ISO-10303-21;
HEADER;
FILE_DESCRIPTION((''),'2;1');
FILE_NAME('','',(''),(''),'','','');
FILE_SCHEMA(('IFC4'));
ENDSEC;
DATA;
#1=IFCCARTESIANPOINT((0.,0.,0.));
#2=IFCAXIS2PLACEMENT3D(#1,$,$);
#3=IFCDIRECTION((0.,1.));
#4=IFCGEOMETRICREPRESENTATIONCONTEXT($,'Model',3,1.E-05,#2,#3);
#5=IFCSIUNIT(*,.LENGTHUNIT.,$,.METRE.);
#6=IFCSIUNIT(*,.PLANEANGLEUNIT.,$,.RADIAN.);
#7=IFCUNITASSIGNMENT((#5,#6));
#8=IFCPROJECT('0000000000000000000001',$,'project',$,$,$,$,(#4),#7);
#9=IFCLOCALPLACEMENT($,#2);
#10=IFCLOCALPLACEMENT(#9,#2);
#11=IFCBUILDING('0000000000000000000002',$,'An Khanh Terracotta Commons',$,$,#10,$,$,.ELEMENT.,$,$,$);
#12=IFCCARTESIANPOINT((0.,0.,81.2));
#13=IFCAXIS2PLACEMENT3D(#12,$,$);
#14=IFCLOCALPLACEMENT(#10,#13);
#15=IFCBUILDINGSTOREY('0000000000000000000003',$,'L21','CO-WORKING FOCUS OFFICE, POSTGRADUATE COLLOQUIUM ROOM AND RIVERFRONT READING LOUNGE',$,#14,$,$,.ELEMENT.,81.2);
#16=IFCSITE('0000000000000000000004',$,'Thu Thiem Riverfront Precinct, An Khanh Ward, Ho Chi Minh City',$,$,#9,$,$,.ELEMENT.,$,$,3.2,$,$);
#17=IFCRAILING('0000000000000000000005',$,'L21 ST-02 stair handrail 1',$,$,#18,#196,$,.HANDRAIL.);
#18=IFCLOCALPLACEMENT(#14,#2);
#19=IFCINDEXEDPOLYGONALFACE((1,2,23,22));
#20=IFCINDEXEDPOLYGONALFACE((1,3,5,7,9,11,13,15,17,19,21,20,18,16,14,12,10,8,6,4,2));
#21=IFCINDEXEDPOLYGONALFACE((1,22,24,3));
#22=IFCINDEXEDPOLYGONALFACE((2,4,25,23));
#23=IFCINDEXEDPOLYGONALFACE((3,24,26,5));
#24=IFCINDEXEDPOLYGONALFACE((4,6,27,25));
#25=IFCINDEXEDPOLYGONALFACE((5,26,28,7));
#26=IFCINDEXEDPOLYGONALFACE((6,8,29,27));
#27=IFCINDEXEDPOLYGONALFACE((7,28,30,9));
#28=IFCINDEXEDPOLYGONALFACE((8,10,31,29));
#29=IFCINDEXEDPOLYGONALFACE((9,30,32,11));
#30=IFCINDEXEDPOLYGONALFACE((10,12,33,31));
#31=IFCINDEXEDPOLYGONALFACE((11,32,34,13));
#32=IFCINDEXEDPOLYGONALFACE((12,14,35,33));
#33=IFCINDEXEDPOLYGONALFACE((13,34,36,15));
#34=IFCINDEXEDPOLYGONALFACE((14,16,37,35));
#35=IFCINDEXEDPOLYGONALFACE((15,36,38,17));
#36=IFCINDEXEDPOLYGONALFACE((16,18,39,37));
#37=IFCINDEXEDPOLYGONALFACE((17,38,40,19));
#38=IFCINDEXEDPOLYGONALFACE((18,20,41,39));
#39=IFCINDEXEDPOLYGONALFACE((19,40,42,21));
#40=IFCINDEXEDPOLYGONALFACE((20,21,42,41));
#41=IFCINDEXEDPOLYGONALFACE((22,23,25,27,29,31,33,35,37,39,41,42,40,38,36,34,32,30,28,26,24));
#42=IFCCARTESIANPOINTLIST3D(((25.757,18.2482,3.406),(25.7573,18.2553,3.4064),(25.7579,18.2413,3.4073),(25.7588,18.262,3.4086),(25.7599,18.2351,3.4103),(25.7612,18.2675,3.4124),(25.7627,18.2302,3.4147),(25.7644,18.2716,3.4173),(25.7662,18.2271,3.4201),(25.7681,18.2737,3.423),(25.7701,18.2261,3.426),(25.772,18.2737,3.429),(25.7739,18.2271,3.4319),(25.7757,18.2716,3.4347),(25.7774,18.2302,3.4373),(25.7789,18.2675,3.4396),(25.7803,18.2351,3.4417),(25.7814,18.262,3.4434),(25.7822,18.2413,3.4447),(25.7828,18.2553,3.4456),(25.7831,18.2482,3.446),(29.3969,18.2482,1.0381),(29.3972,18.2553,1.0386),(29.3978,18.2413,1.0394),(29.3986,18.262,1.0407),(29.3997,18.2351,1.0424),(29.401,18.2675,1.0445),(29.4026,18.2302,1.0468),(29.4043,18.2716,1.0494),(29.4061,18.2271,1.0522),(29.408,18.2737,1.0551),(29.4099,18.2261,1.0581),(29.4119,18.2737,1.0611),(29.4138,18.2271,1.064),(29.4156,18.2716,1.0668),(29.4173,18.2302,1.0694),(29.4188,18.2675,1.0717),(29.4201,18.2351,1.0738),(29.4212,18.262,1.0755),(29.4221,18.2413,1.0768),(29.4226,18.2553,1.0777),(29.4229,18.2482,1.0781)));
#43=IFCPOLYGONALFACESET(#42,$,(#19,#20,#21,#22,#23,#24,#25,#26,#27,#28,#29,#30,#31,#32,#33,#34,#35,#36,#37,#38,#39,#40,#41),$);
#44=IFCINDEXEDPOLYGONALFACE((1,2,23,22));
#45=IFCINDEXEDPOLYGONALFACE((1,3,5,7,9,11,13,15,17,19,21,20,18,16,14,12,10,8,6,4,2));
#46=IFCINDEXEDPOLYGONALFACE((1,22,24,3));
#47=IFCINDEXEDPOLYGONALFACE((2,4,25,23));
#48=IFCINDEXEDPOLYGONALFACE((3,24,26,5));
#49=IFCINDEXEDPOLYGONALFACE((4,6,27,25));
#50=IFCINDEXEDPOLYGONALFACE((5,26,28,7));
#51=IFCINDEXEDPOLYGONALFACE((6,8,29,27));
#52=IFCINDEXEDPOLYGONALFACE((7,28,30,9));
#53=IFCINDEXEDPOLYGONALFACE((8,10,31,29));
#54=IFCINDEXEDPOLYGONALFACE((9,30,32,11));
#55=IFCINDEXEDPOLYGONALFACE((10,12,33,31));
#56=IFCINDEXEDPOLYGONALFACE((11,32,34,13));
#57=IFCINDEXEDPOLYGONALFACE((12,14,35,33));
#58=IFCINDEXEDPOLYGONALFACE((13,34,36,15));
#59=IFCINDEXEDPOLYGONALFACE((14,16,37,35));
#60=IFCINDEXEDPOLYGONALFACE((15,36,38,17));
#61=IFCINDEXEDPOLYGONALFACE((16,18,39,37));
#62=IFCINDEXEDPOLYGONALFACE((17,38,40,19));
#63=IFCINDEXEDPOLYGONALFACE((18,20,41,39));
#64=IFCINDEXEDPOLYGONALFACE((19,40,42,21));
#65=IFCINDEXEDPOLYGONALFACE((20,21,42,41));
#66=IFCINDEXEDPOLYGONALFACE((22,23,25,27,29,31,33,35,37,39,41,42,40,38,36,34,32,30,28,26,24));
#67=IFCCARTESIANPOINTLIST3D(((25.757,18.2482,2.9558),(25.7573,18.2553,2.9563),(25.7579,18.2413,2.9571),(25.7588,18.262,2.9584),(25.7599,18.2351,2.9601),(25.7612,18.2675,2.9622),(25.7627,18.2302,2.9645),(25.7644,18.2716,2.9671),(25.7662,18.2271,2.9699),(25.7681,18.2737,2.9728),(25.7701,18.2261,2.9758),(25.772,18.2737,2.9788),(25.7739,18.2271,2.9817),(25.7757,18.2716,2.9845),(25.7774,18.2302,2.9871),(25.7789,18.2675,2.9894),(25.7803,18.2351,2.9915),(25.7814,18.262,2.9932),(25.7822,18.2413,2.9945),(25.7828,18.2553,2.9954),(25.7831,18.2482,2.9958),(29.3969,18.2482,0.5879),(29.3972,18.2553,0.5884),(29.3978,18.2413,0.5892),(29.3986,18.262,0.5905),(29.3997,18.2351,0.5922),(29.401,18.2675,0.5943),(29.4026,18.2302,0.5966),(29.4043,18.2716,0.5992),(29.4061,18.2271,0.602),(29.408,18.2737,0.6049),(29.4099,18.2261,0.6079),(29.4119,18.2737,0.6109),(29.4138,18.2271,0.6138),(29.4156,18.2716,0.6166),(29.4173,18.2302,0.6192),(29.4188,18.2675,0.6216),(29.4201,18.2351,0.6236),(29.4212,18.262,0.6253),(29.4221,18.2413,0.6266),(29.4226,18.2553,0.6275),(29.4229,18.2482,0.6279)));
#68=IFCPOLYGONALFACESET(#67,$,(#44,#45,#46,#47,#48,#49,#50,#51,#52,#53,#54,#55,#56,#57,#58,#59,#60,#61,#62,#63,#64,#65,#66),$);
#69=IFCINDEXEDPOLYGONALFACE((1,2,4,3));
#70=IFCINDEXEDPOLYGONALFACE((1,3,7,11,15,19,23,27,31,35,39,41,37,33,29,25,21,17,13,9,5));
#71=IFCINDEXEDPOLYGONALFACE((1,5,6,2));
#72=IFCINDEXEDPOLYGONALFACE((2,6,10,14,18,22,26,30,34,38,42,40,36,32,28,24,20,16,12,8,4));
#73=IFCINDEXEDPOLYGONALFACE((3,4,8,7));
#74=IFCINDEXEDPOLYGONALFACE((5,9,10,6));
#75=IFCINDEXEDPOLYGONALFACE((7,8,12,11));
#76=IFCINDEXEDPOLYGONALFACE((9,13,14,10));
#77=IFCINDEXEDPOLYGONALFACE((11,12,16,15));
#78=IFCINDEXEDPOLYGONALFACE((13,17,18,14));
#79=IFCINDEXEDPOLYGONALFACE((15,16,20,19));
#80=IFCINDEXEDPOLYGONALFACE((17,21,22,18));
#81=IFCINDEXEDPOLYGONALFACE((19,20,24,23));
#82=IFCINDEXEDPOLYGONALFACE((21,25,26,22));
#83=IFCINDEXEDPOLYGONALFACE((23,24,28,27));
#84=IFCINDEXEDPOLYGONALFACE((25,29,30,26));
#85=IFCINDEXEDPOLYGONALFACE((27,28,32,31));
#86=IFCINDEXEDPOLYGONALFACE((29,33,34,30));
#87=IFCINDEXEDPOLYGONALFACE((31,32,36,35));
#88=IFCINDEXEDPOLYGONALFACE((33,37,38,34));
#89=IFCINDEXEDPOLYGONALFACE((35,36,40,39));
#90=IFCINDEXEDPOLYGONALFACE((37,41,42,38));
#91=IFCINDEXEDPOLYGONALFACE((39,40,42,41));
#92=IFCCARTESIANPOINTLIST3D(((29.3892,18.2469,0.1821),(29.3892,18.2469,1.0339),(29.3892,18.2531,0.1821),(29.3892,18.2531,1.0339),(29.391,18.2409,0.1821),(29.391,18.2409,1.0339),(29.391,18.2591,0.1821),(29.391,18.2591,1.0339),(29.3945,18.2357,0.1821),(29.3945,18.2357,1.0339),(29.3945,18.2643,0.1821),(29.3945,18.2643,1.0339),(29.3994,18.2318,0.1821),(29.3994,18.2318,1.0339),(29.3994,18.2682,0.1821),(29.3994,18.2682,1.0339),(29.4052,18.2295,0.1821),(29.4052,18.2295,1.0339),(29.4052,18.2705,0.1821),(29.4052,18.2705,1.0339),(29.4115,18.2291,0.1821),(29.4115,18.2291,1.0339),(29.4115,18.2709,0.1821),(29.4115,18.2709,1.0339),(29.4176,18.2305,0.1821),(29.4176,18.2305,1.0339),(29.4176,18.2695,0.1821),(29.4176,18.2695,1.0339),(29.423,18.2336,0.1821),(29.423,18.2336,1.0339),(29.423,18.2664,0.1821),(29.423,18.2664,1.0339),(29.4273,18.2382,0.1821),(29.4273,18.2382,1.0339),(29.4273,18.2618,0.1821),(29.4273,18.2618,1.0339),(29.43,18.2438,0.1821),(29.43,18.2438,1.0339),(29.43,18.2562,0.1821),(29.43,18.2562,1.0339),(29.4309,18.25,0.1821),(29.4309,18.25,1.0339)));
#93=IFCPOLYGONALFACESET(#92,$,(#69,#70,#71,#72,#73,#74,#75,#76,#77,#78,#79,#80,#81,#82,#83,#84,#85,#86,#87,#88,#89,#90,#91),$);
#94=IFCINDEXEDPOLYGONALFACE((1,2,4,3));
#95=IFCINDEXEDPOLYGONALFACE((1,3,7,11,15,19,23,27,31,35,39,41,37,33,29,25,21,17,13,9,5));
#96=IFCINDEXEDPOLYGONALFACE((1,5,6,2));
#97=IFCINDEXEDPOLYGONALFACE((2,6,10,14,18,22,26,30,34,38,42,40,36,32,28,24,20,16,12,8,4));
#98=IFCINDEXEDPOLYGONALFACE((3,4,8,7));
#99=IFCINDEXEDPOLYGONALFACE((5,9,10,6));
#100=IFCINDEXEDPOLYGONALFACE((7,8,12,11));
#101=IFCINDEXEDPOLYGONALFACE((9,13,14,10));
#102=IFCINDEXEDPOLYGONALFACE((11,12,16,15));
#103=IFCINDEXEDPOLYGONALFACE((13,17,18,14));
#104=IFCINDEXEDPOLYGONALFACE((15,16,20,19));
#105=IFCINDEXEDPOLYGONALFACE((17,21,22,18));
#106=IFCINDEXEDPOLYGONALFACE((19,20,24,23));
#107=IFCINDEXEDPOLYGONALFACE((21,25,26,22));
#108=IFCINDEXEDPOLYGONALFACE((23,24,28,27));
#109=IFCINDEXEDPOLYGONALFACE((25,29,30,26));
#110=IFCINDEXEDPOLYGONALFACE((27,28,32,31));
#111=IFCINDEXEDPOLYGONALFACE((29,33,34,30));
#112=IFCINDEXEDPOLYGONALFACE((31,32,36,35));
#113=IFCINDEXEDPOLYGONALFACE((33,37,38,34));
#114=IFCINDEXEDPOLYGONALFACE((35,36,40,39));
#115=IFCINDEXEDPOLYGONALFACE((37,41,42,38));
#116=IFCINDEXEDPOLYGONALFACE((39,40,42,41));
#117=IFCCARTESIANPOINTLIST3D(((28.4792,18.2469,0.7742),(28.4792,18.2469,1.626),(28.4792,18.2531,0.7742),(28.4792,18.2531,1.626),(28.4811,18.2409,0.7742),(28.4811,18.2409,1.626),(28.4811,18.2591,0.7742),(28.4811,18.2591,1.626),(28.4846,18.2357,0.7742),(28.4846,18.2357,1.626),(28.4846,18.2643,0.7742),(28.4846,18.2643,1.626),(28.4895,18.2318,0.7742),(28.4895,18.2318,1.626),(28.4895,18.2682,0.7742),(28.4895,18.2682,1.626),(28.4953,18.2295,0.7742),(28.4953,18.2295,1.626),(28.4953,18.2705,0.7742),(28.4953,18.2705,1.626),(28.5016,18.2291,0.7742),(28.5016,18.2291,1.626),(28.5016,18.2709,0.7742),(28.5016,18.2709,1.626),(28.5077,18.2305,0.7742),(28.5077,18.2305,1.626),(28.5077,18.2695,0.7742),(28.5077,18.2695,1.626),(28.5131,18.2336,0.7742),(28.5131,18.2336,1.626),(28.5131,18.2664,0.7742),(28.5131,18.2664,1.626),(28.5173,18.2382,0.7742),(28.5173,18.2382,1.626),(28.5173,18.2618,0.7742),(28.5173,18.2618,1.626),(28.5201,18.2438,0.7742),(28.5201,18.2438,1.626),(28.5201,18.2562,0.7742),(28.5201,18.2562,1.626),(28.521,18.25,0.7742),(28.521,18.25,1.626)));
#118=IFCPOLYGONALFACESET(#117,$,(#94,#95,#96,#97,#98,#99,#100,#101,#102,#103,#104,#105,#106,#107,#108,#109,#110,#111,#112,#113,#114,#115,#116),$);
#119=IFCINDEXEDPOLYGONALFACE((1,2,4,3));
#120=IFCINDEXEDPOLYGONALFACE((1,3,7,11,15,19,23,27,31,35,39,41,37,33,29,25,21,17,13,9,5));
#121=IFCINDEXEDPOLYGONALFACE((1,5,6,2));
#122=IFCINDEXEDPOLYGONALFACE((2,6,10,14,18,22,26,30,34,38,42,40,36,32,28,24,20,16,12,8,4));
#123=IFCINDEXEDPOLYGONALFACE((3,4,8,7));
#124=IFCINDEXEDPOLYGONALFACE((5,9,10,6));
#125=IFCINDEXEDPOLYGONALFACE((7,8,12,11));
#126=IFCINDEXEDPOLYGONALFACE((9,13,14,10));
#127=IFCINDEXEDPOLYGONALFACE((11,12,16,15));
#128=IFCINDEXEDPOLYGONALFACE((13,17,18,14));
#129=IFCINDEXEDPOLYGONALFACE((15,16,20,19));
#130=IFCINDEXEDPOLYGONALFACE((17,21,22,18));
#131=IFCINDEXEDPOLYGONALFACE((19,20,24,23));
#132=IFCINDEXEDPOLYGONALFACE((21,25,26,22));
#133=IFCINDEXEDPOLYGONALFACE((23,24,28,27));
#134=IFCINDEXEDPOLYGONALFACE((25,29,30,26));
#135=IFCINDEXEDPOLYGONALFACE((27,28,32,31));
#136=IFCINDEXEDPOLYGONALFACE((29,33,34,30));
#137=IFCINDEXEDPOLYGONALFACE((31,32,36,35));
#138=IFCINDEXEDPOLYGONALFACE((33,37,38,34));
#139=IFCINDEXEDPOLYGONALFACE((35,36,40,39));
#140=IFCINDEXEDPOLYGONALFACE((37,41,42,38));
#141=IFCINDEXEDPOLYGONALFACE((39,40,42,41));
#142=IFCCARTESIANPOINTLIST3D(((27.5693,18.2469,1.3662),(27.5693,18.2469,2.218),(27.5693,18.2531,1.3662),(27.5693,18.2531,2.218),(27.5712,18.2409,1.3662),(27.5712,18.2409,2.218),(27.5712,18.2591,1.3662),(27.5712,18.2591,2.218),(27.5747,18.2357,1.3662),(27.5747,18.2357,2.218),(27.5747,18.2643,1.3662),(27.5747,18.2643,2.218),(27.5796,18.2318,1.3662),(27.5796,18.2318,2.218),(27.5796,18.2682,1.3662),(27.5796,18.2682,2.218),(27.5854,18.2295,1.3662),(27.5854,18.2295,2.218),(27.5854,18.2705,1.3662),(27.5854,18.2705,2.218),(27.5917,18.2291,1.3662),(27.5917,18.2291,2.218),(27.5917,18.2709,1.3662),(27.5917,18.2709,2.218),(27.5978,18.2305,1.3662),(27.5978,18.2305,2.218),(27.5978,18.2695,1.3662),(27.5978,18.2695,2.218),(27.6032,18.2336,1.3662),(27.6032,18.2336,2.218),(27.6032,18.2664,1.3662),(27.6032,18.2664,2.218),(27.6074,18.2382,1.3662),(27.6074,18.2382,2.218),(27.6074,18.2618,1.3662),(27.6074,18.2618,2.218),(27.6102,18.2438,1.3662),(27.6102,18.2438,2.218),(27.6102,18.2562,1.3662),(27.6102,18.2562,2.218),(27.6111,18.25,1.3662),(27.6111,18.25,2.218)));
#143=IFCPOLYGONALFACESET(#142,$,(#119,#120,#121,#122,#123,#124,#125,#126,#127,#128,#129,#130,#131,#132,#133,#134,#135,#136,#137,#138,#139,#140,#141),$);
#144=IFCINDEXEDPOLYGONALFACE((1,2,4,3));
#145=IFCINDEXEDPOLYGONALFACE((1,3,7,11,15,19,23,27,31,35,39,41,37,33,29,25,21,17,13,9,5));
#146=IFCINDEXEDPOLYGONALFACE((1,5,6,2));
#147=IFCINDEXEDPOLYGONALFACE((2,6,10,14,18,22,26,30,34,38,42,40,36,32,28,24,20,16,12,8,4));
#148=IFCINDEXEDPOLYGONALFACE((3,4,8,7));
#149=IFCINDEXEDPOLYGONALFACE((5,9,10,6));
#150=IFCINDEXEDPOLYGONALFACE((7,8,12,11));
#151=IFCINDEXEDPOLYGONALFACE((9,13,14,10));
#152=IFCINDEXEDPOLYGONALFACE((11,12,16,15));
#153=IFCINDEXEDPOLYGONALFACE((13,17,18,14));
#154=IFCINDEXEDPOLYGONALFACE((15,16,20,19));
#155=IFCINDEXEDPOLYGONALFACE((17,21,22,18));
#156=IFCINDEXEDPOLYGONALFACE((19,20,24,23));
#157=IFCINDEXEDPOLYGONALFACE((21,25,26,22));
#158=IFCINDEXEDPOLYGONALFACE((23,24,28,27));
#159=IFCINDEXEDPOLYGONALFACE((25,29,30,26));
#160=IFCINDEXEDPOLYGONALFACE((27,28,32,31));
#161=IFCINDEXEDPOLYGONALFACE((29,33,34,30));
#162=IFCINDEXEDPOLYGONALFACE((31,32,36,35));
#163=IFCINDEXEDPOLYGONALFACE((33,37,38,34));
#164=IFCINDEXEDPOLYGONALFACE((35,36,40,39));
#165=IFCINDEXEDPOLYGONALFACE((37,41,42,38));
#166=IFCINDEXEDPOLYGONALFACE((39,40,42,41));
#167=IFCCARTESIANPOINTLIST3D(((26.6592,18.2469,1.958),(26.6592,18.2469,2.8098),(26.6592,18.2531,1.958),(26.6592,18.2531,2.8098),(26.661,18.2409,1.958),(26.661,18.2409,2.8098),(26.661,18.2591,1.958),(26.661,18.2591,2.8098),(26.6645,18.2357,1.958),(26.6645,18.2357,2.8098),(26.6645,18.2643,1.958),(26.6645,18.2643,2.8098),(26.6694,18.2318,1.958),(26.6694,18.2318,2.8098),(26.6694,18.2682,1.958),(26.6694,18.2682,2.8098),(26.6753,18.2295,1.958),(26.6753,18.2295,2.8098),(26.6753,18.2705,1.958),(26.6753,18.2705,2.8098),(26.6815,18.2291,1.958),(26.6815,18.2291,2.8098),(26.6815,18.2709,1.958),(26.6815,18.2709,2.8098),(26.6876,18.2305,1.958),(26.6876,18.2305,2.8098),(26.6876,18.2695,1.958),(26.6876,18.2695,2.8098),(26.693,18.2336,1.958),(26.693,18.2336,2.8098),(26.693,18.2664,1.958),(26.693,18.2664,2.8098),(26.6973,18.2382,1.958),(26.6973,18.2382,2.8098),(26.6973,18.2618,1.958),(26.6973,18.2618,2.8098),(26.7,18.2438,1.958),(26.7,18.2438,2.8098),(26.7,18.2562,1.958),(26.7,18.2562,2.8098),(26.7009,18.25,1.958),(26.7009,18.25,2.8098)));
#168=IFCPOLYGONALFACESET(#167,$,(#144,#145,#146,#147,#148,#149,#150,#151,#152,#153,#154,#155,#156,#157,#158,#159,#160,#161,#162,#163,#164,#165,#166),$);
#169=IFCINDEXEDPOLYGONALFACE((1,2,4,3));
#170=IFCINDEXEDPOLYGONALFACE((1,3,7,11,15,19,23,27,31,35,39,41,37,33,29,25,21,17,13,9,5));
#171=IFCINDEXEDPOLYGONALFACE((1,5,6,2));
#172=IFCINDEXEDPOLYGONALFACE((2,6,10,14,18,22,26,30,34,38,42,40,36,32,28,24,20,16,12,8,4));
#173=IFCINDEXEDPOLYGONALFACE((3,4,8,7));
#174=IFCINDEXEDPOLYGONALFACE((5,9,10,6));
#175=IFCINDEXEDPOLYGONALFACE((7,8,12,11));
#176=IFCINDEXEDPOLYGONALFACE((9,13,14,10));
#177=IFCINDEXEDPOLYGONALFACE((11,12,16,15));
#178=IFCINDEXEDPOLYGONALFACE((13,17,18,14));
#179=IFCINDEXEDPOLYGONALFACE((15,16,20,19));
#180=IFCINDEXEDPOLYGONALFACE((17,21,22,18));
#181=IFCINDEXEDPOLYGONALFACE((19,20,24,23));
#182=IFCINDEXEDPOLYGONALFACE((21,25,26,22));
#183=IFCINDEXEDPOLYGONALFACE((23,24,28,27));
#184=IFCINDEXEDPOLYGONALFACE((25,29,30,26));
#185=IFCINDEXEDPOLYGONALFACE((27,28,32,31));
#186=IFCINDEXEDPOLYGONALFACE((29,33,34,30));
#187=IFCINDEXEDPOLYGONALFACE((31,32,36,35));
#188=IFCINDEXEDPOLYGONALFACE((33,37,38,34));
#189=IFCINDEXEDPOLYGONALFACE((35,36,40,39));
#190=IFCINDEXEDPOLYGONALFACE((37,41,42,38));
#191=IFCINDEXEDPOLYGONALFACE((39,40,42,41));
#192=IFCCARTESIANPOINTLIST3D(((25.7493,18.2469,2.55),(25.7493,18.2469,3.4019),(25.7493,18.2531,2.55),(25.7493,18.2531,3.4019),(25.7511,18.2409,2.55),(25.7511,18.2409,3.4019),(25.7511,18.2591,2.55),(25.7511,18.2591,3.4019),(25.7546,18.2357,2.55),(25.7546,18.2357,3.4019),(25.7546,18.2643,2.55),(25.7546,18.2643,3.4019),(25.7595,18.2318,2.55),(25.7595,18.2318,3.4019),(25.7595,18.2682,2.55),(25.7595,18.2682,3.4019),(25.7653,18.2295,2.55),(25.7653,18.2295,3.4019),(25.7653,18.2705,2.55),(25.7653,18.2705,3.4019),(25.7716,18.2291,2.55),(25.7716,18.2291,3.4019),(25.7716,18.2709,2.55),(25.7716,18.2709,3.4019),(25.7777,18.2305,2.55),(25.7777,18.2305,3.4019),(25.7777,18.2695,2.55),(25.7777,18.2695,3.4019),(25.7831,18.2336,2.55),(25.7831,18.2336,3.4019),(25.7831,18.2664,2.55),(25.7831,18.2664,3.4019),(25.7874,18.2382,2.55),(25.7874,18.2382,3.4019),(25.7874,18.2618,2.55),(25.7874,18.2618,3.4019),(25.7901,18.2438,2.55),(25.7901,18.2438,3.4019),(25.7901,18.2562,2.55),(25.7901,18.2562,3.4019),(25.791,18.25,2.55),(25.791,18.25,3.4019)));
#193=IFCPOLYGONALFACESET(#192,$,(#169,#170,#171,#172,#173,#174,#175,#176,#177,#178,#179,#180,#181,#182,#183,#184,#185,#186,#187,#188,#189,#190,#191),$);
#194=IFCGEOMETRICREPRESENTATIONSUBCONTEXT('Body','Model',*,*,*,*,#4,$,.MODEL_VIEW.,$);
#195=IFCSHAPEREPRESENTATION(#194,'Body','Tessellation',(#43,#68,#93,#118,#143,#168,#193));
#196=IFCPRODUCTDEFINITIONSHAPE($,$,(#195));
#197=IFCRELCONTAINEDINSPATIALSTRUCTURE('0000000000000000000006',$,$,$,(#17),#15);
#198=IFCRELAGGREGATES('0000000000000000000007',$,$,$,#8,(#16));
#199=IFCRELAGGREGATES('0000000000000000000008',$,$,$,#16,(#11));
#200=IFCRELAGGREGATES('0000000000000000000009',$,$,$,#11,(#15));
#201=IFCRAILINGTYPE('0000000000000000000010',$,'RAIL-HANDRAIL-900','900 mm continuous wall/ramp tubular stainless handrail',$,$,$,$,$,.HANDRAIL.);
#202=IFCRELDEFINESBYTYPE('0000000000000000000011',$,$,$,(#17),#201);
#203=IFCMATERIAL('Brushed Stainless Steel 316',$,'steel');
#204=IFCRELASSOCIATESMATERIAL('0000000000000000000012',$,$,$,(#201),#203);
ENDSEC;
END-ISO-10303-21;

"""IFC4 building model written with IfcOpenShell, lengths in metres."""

from ifc_helpers import new_model, si_unit, direction, frame, origin, origin_2d, place, context, subcontext, project, spatial, circle, extrude, material, type_object, element, save


model = new_model("IFC4")

# Units and contexts
model_context = context("Model", 3, precision=1e-05, world=origin(), true_north=direction((0.0, 1.0)))
body_context = subcontext(model_context, "Body", "Model", "MODEL_VIEW")
ifc_project = project(units=[si_unit("LENGTHUNIT", "METRE"), si_unit("PLANEANGLEUNIT", "RADIAN")], contexts=[model_context])

# Site, building, storey
site_placement = place(None, origin())
site = spatial("IfcSite", under=ifc_project, at=site_placement, Name="Thu Thiem Riverfront Precinct, An Khanh Ward, Ho Chi Minh City", CompositionType="ELEMENT", RefElevation=3.2)
building_placement = place(site_placement, origin())
building = spatial("IfcBuilding", under=site, at=building_placement, Name="An Khanh Terracotta Commons", CompositionType="ELEMENT")
storey_placement = place(building_placement, frame((0.0, 0.0, 81.2)))
storey = spatial("IfcBuildingStorey", under=building, at=storey_placement, Name="L21", Description="CO-WORKING FOCUS OFFICE, POSTGRADUATE COLLOQUIUM ROOM AND RIVERFRONT READING LOUNGE", CompositionType="ELEMENT", Elevation=81.2)

# Railing
ifc_material_1 = material(Name="Brushed Stainless Steel 316", Category="steel")
railing_type_1 = type_object("IfcRailingType", Name="RAIL-HANDRAIL-900", Description="900 mm continuous wall/ramp tubular stainless handrail", PredefinedType="HANDRAIL", material=ifc_material_1)
railing_1_placement = place(storey_placement, frame((29.4099, 18.25, 0.1821)))
element("IfcRailing", 1, at=railing_1_placement, inside=storey, type_object=railing_type_1, Name="L21 ST-02 stair handrail 1", PredefinedType="HANDRAIL", context=body_context, shape_type="SweptSolid", body=[
    extrude(circle(Radius=0.0239, at=origin_2d()), frame((0.0, 0.0, 0.876), z_axis=(-0.838234, 0.0, 0.54531), x_axis=(0.0, -1.0, 0.0)), (0.0, 0.0, 1.0), 4.3423),
    extrude(circle(Radius=0.0239, at=origin_2d()), frame((0.0, 0.0, 0.4258), z_axis=(-0.838234, 0.0, 0.54531), x_axis=(0.0, -1.0, 0.0)), (0.0, 0.0, 1.0), 4.3423),
    extrude(circle(Radius=0.021, at=origin_2d()), origin(), (0.0, 0.0, 1.0), 0.8518),
    extrude(circle(Radius=0.021, at=origin_2d()), frame((-0.9099, 0.0, 0.592)), (0.0, 0.0, 1.0), 0.8518),
    extrude(circle(Radius=0.021, at=origin_2d()), frame((-1.8198, 0.0, 1.1841)), (0.0, 0.0, 1.0), 0.8518),
    extrude(circle(Radius=0.021, at=origin_2d()), frame((-2.73, 0.0, 1.7759)), (0.0, 0.0, 1.0), 0.8518),
    extrude(circle(Radius=0.021, at=origin_2d()), frame((-3.6399, 0.0, 2.3679)), (0.0, 0.0, 1.0), 0.8518),
])

save(model, "model.ifc")
